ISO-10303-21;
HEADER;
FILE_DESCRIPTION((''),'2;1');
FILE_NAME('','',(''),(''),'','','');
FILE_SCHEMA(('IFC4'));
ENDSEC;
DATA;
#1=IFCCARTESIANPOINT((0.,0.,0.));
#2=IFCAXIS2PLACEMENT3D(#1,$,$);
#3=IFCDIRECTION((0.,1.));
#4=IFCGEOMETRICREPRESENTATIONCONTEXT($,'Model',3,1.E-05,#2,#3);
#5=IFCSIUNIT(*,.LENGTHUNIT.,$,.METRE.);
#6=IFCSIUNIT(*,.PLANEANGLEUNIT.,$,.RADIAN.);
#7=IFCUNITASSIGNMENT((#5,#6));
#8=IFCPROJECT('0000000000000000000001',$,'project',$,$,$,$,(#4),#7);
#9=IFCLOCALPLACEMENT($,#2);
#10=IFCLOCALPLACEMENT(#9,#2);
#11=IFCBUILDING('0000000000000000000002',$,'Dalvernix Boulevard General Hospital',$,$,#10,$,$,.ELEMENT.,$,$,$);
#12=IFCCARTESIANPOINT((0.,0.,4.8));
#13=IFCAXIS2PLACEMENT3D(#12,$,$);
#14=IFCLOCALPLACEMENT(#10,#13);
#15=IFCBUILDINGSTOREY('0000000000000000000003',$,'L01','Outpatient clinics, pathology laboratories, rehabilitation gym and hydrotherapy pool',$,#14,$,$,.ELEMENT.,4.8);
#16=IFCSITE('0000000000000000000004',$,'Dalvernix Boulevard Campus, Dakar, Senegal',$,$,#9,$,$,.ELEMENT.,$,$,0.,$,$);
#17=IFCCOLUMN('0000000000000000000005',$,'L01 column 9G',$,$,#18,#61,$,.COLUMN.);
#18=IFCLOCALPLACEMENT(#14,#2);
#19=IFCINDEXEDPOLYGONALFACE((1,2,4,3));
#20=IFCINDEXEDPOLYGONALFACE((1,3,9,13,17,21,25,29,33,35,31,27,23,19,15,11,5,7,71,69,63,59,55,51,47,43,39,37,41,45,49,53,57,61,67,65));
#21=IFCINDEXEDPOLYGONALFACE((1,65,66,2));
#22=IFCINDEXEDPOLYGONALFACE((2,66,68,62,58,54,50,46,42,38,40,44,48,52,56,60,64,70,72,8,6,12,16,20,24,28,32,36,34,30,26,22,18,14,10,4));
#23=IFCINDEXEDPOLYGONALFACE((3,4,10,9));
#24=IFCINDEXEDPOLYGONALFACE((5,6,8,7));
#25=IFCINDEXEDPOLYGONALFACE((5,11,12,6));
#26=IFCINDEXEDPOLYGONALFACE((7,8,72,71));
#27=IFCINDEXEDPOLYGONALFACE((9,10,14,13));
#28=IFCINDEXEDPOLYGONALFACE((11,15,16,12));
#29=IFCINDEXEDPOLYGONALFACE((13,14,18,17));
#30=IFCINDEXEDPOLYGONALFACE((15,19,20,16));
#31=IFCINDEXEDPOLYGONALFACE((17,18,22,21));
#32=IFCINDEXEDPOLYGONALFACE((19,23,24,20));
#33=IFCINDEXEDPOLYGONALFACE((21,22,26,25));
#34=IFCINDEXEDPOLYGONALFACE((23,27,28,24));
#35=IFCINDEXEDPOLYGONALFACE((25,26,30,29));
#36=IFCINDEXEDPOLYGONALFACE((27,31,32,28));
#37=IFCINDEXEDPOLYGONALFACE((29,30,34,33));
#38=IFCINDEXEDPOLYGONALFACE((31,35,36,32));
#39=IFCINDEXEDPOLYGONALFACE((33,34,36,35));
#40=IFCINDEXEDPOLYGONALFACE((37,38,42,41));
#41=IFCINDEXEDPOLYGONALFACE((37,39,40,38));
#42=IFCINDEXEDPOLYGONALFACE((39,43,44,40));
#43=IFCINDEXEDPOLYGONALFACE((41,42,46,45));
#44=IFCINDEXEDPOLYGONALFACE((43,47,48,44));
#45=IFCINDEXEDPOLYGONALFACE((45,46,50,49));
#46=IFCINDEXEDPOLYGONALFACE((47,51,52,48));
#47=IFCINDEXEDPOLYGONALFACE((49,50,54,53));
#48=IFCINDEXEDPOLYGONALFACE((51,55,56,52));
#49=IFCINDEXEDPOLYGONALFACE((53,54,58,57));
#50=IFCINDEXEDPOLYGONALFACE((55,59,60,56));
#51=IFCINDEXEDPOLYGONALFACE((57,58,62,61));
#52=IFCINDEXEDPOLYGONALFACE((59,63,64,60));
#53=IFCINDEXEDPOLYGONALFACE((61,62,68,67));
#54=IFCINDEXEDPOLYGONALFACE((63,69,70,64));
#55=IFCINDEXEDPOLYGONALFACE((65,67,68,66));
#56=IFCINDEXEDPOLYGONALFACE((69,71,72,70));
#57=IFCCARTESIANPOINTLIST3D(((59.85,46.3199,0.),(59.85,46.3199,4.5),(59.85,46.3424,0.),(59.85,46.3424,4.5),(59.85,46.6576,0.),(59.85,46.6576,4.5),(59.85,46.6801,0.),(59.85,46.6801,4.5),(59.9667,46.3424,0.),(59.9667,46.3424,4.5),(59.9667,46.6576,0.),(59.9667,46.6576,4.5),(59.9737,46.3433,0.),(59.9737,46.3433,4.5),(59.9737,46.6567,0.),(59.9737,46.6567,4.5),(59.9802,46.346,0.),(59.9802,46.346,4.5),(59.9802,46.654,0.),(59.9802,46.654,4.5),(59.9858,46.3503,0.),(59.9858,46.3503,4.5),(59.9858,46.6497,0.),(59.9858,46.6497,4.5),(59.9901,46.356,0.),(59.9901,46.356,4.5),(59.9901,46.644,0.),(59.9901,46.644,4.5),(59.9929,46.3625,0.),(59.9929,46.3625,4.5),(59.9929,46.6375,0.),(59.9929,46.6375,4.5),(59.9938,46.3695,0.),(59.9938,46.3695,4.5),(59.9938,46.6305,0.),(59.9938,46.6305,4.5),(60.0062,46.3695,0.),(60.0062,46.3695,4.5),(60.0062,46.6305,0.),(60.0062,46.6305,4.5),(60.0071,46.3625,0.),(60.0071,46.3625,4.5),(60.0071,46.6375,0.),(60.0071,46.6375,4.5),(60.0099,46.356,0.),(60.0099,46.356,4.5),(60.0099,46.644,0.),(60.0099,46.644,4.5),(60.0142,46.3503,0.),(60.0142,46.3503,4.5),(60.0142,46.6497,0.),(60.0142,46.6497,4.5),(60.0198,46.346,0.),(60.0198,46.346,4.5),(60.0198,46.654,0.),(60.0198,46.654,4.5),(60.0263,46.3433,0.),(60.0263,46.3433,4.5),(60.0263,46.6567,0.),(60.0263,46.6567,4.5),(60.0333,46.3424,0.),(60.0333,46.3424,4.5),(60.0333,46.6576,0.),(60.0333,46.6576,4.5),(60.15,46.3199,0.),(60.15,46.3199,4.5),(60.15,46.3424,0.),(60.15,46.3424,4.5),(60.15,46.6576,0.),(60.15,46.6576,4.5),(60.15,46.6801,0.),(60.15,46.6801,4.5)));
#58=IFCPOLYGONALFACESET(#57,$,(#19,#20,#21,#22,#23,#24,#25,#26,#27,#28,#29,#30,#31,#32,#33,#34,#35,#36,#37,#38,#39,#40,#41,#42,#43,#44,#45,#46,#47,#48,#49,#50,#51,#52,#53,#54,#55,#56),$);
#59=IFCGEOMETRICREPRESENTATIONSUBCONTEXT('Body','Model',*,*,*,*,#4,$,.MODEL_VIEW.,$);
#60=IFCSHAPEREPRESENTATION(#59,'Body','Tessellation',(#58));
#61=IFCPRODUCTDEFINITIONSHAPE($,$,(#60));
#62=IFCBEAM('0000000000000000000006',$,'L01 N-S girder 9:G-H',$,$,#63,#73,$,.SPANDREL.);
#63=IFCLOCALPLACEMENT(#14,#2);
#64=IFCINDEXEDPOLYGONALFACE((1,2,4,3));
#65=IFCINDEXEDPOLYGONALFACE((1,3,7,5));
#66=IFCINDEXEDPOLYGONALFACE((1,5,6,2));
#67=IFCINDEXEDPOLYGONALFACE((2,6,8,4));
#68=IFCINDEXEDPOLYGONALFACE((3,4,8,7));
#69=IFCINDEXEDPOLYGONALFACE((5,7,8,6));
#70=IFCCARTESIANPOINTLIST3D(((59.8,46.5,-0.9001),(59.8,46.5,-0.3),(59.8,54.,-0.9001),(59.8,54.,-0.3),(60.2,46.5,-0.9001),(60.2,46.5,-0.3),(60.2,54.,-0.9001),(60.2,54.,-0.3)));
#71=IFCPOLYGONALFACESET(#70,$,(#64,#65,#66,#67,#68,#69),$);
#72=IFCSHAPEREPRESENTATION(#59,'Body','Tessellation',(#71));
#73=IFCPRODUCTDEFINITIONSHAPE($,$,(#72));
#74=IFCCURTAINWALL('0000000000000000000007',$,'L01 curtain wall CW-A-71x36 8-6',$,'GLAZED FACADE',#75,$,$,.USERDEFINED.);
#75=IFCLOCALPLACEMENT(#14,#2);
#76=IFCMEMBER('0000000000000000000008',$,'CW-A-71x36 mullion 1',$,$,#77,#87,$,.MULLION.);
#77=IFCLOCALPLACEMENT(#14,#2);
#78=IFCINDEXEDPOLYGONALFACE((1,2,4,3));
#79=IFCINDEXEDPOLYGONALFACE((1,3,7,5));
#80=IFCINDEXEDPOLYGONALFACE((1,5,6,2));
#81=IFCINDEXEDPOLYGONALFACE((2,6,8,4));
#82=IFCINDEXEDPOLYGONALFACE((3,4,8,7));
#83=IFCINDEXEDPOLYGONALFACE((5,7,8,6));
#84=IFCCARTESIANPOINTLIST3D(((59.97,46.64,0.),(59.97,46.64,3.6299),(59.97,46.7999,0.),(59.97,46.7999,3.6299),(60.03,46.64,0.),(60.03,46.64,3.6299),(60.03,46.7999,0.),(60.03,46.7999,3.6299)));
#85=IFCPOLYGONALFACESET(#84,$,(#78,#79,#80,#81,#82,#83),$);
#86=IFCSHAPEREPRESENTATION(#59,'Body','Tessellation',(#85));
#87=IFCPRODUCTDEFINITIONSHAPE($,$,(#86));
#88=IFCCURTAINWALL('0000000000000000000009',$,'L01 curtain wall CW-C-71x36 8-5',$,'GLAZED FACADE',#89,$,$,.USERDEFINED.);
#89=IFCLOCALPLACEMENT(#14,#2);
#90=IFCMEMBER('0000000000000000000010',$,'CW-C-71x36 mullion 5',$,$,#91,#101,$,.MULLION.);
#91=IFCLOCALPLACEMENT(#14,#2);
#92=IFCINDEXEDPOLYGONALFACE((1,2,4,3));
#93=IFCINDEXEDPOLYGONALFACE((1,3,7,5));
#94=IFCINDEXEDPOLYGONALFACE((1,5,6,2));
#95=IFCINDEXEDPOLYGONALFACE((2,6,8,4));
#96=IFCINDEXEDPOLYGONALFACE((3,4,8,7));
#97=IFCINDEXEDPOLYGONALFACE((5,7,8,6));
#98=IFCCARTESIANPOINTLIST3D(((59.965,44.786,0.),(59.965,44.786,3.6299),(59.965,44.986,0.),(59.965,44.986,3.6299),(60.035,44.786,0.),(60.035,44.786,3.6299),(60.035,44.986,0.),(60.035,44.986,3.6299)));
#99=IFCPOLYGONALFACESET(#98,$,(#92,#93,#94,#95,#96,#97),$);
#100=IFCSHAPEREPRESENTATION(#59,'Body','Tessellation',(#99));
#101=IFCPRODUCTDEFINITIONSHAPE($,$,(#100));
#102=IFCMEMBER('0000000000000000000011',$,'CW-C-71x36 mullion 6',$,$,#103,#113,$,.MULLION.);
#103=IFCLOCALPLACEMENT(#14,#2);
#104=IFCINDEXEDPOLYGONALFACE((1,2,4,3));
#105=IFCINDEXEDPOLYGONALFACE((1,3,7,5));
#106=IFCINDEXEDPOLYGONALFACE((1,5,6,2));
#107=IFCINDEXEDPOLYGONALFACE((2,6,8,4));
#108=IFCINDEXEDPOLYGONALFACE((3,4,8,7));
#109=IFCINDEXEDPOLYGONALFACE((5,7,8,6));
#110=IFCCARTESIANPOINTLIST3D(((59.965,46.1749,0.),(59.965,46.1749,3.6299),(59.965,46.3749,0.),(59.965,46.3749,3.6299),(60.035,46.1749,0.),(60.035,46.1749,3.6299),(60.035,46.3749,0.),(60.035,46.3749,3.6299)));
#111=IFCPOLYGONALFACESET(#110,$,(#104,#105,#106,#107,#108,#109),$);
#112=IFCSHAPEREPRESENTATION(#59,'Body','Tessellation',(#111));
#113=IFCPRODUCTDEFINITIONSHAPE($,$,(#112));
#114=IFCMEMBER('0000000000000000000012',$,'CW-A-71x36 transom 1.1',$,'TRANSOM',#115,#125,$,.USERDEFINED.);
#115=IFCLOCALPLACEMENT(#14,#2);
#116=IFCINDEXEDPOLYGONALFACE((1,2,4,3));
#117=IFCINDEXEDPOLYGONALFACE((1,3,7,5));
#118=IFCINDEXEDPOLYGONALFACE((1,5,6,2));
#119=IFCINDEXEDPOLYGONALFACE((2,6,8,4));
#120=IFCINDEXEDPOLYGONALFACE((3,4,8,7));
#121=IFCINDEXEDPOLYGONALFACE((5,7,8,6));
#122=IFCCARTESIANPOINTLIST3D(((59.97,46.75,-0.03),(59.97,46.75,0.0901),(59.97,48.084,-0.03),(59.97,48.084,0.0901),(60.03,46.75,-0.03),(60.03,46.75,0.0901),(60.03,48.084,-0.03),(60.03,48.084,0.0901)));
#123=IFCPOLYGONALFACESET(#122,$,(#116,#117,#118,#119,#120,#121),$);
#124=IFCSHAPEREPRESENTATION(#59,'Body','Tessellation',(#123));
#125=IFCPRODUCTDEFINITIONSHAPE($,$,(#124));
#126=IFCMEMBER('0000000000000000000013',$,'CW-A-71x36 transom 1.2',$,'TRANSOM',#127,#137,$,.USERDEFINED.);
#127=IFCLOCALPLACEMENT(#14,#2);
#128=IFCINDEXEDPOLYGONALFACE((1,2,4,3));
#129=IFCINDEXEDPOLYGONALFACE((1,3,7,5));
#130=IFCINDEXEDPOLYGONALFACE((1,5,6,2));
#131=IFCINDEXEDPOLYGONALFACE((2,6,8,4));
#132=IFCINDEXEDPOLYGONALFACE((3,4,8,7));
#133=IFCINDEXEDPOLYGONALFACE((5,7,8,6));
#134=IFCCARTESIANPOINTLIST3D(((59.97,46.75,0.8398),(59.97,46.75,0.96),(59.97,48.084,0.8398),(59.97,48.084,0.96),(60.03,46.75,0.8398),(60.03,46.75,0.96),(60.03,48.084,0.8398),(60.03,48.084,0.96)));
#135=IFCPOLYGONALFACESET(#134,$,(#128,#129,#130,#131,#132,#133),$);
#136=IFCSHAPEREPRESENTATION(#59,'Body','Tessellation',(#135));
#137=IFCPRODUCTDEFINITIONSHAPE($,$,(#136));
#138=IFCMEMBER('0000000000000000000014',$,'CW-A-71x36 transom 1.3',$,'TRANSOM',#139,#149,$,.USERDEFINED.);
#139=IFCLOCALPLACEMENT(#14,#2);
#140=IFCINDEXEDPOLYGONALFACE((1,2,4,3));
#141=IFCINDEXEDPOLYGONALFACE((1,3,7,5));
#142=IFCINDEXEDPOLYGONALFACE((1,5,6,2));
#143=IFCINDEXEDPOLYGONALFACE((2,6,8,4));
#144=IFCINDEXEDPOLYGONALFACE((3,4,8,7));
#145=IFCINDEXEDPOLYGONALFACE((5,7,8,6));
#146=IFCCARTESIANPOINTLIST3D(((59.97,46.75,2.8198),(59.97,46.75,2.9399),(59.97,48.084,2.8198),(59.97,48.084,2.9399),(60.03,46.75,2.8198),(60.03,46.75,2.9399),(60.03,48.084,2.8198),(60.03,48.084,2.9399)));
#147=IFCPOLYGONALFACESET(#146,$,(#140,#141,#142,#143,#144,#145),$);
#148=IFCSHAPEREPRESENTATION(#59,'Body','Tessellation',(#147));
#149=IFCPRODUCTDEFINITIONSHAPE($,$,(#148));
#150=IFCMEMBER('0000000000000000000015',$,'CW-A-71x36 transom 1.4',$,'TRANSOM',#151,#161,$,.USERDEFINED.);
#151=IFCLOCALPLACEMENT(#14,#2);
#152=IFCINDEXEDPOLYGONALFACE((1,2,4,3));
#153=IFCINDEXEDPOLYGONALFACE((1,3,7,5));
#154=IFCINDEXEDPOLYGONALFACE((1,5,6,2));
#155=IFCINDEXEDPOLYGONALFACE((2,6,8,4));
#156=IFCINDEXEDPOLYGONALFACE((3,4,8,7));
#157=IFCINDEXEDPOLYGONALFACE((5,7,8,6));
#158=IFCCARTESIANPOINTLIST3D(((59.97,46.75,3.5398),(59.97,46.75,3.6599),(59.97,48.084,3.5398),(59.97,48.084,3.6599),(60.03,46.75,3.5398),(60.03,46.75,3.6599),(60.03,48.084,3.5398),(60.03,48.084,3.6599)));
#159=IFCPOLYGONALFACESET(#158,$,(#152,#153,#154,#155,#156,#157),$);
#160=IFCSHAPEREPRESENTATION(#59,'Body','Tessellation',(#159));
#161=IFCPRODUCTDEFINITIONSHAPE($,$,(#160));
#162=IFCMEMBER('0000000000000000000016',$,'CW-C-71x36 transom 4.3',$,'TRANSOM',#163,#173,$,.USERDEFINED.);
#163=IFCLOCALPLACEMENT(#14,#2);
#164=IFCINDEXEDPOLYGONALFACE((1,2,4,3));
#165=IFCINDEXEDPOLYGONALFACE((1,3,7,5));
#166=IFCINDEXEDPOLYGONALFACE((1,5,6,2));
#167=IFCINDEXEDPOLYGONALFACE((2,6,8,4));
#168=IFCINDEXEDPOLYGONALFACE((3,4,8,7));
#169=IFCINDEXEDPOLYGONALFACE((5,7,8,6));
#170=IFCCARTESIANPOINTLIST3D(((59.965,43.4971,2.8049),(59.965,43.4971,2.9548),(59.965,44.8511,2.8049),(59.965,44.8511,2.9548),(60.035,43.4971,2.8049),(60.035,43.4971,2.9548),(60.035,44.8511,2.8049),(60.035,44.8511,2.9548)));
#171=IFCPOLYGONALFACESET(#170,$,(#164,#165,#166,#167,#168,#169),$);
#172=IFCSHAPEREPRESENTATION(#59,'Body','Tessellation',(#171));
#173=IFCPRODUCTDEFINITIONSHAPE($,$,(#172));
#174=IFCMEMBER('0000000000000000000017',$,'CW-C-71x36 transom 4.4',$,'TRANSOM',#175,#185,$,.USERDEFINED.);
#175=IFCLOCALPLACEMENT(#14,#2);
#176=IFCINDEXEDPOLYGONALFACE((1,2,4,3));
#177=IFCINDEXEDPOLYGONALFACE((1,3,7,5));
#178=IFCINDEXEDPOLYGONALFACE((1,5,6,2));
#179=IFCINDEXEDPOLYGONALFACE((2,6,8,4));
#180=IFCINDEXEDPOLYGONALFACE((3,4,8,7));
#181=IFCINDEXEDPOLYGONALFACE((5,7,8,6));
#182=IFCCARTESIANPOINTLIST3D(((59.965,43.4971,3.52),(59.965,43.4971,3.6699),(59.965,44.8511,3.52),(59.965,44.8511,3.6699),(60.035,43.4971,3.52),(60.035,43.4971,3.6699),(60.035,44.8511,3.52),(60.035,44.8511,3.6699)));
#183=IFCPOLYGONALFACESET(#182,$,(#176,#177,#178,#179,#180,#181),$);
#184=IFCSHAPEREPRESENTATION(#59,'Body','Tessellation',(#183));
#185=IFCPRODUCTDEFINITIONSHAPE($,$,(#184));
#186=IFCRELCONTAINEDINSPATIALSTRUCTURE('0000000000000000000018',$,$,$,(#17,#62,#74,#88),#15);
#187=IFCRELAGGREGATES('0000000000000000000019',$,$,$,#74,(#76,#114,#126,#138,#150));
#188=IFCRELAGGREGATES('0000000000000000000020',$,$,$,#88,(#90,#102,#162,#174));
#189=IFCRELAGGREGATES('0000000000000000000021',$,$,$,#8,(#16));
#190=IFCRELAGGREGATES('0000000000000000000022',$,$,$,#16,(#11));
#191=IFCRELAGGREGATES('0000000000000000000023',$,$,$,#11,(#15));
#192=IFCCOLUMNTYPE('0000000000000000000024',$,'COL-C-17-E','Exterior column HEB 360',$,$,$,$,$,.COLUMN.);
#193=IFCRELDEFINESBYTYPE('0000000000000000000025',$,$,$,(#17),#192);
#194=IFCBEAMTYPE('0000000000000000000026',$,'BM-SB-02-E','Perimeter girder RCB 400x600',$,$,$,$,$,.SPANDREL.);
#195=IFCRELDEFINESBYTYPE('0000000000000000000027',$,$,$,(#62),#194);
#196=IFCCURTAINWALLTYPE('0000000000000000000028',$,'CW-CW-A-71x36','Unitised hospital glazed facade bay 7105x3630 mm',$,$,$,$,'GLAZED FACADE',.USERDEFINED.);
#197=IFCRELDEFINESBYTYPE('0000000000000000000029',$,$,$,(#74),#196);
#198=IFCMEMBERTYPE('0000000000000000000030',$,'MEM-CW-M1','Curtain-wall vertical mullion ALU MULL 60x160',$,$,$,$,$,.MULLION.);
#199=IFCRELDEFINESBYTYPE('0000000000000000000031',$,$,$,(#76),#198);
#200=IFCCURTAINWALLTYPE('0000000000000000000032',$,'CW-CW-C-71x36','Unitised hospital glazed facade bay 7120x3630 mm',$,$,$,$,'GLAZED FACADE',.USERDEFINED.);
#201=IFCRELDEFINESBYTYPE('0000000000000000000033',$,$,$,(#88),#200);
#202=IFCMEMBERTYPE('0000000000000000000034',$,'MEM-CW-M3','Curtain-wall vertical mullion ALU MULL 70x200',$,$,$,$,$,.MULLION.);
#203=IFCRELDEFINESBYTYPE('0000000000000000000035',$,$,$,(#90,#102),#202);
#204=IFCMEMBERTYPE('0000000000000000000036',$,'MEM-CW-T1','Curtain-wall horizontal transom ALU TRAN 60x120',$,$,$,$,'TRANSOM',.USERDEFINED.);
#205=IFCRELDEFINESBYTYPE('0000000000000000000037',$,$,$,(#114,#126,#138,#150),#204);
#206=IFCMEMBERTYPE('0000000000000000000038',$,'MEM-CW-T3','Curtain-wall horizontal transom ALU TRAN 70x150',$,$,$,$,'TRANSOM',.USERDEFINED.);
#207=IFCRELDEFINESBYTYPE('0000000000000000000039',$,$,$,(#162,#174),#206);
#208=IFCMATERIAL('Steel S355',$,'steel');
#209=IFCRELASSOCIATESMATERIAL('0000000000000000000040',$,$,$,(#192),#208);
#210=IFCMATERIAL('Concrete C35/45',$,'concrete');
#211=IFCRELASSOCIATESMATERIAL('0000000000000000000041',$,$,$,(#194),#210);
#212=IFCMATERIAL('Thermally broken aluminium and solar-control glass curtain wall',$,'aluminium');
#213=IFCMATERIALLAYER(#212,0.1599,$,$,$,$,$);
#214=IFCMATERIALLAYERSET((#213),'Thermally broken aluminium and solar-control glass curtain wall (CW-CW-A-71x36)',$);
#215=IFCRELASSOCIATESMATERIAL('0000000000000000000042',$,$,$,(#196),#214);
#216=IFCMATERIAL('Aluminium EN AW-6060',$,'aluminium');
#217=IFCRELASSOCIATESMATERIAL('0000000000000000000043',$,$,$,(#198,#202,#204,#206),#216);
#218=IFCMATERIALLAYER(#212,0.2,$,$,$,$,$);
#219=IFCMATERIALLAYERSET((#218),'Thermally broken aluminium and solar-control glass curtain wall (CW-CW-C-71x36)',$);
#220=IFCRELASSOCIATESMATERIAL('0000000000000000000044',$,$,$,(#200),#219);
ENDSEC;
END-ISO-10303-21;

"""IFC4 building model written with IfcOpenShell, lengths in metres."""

from ifc_helpers import new_model, si_unit, direction, frame, origin, origin_2d, place, context, subcontext, project, spatial, rectangle, i_section, extrude, material, layer, layer_set, material_profile, profile_set, type_object, element, aggregate, save


model = new_model("IFC4")

# Units and contexts
model_context = context("Model", 3, precision=1e-05, world=origin(), true_north=direction((0.0, 1.0)))
body_context = subcontext(model_context, "Body", "Model", "MODEL_VIEW")
ifc_project = project(units=[si_unit("LENGTHUNIT", "METRE"), si_unit("PLANEANGLEUNIT", "RADIAN")], contexts=[model_context])

# Site, building, storey
site_placement = place(None, origin())
site = spatial("IfcSite", under=ifc_project, at=site_placement, Name="Dalvernix Boulevard Campus, Dakar, Senegal", CompositionType="ELEMENT", RefElevation=0.0)
building_placement = place(site_placement, origin())
building = spatial("IfcBuilding", under=site, at=building_placement, Name="Dalvernix Boulevard General Hospital", CompositionType="ELEMENT")
storey_placement = place(building_placement, frame((0.0, 0.0, 4.8)))
storey = spatial("IfcBuildingStorey", under=building, at=storey_placement, Name="L01", Description="Outpatient clinics, pathology laboratories, rehabilitation gym and hydrotherapy pool", CompositionType="ELEMENT", Elevation=4.8)

# Column
ifc_material_1 = material(Name="Steel S355", Category="steel")
ifc_material_profile_1 = material_profile(ifc_material_1, i_section(OverallWidth=0.3, OverallDepth=0.3601, WebThickness=0.0125, FlangeThickness=0.0225, FilletRadius=0.0271, at=origin_2d()), Name="HEB 360")
ifc_profile_set_1 = profile_set([ifc_material_profile_1], Name="Steel S355")
column_type = type_object("IfcColumnType", Name="COL-C-17-E", Description="Exterior column HEB 360", PredefinedType="COLUMN", material=ifc_profile_set_1)
column_placement = place(storey_placement, frame((60.0, 46.5, 0.0), z_axis=(0.0, 0.0, 1.0), x_axis=(1.0, 0.0, 0.0)))
element("IfcColumn", 1, at=column_placement, inside=storey, type_object=column_type, Name="L01 column 9G", PredefinedType="COLUMN", context=body_context, shape_type="SweptSolid", body=[
    extrude(i_section(OverallWidth=0.3, OverallDepth=0.3601, WebThickness=0.0125, FlangeThickness=0.0225, FilletRadius=0.0271, at=origin_2d()), origin(), (0.0, 0.0, 1.0), 4.5),
])

# Beam
ifc_material_2 = material(Name="Concrete C35/45", Category="concrete")
ifc_material_profile_2 = material_profile(ifc_material_2, rectangle(XDim=0.3999, YDim=0.6001, at=origin_2d()), Name="RCB 400x600")
ifc_profile_set_2 = profile_set([ifc_material_profile_2], Name="Concrete C35/45")
beam_type = type_object("IfcBeamType", Name="BM-SB-02-E", Description="Perimeter girder RCB 400x600", PredefinedType="SPANDREL", material=ifc_profile_set_2)
beam_placement = place(storey_placement, frame((60.0, 46.5, -0.6001), z_axis=(0.0, 1.0, 0.0), x_axis=(-1.0, 0.0, 0.0)))
element("IfcBeam", 2, at=beam_placement, inside=storey, type_object=beam_type, Name="L01 N-S girder 9:G-H", PredefinedType="SPANDREL", context=body_context, shape_type="SweptSolid", body=[
    extrude(rectangle(XDim=0.3999, YDim=0.6001, at=origin_2d()), origin(), (0.0, 0.0, 1.0), 7.5),
])

# Curtain wall, member
ifc_material_3 = material(Name="Thermally broken aluminium and solar-control glass curtain wall", Category="aluminium")
ifc_layer_1 = layer(ifc_material_3, 0.1599)
ifc_layer_set_1 = layer_set([ifc_layer_1], Name="Thermally broken aluminium and solar-control glass curtain wall (CW-CW-A-71x36)")
curtain_wall_type_1 = type_object("IfcCurtainWallType", Name="CW-CW-A-71x36", Description="Unitised hospital glazed facade bay 7105x3630 mm", ElementType="GLAZED FACADE", PredefinedType="USERDEFINED", material=ifc_layer_set_1)
curtain_wall_1_placement = place(storey_placement, origin())
curtain_wall_1 = element("IfcCurtainWall", 3, at=curtain_wall_1_placement, inside=storey, type_object=curtain_wall_type_1, Name="L01 curtain wall CW-A-71x36 8-6", ObjectType="GLAZED FACADE", PredefinedType="USERDEFINED")
ifc_material_4 = material(Name="Aluminium EN AW-6060", Category="aluminium")
ifc_material_profile_3 = material_profile(ifc_material_4, rectangle(XDim=0.0601, YDim=0.1599, at=origin_2d()), Name="ALU MULL 60x160")
ifc_profile_set_3 = profile_set([ifc_material_profile_3], Name="Aluminium EN AW-6060")
member_type_1 = type_object("IfcMemberType", Name="MEM-CW-M1", Description="Curtain-wall vertical mullion ALU MULL 60x160", PredefinedType="MULLION", material=ifc_profile_set_3)
member_1_placement = place(storey_placement, frame((60.0, 46.72, 0.0), z_axis=(0.0, 0.0, 1.0), x_axis=(-1.0, 0.0, 0.0)))
member_1 = element("IfcMember", 4, at=member_1_placement, type_object=member_type_1, Name="CW-A-71x36 mullion 1", PredefinedType="MULLION", context=body_context, shape_type="SweptSolid", body=[
    extrude(rectangle(XDim=0.0601, YDim=0.1599, at=origin_2d()), origin(), (0.0, 0.0, 1.0), 3.6299),
])

# Curtain wall, members
ifc_layer_2 = layer(ifc_material_3, 0.2)
ifc_layer_set_2 = layer_set([ifc_layer_2], Name="Thermally broken aluminium and solar-control glass curtain wall (CW-CW-C-71x36)")
curtain_wall_type_2 = type_object("IfcCurtainWallType", Name="CW-CW-C-71x36", Description="Unitised hospital glazed facade bay 7120x3630 mm", ElementType="GLAZED FACADE", PredefinedType="USERDEFINED", material=ifc_layer_set_2)
curtain_wall_2_placement = place(storey_placement, origin())
curtain_wall_2 = element("IfcCurtainWall", 5, at=curtain_wall_2_placement, inside=storey, type_object=curtain_wall_type_2, Name="L01 curtain wall CW-C-71x36 8-5", ObjectType="GLAZED FACADE", PredefinedType="USERDEFINED")
ifc_material_profile_4 = material_profile(ifc_material_4, rectangle(XDim=0.0701, YDim=0.2, at=origin_2d()), Name="ALU MULL 70x200")
ifc_profile_set_4 = profile_set([ifc_material_profile_4], Name="Aluminium EN AW-6060")
member_type_2 = type_object("IfcMemberType", Name="MEM-CW-M3", Description="Curtain-wall vertical mullion ALU MULL 70x200", PredefinedType="MULLION", material=ifc_profile_set_4)
member_2_placement = place(storey_placement, frame((60.0, 44.886, 0.0), z_axis=(0.0, 0.0, 1.0), x_axis=(-1.0, 0.0, 0.0)))
member_2 = element("IfcMember", 6, at=member_2_placement, type_object=member_type_2, Name="CW-C-71x36 mullion 5", PredefinedType="MULLION", context=body_context, shape_type="SweptSolid", body=[
    extrude(rectangle(XDim=0.0701, YDim=0.2, at=origin_2d()), origin(), (0.0, 0.0, 1.0), 3.6299),
])
member_3_placement = place(storey_placement, frame((60.0, 46.2749, 0.0), z_axis=(0.0, 0.0, 1.0), x_axis=(-1.0, 0.0, 0.0)))
member_3 = element("IfcMember", 7, at=member_3_placement, type_object=member_type_2, Name="CW-C-71x36 mullion 6", PredefinedType="MULLION", context=body_context, shape_type="SweptSolid", body=[
    extrude(rectangle(XDim=0.0701, YDim=0.2, at=origin_2d()), origin(), (0.0, 0.0, 1.0), 3.6299),
])

# Members
ifc_material_profile_5 = material_profile(ifc_material_4, rectangle(XDim=0.0601, YDim=0.1201, at=origin_2d()), Name="ALU TRAN 60x120")
ifc_profile_set_5 = profile_set([ifc_material_profile_5], Name="Aluminium EN AW-6060")
member_type_3 = type_object("IfcMemberType", Name="MEM-CW-T1", Description="Curtain-wall horizontal transom ALU TRAN 60x120", ElementType="TRANSOM", PredefinedType="USERDEFINED", material=ifc_profile_set_5)
member_4_placement = place(storey_placement, frame((60.0, 46.75, 0.03), z_axis=(0.0, 1.0, 0.0), x_axis=(-1.0, 0.0, 0.0)))
member_4 = element("IfcMember", 8, at=member_4_placement, type_object=member_type_3, Name="CW-A-71x36 transom 1.1", ObjectType="TRANSOM", PredefinedType="USERDEFINED", context=body_context, shape_type="SweptSolid", body=[
    extrude(rectangle(XDim=0.0601, YDim=0.1201, at=origin_2d()), origin(), (0.0, 0.0, 1.0), 1.334),
])
member_5_placement = place(storey_placement, frame((60.0, 46.75, 0.8999), z_axis=(0.0, 1.0, 0.0), x_axis=(-1.0, 0.0, 0.0)))
member_5 = element("IfcMember", 9, at=member_5_placement, type_object=member_type_3, Name="CW-A-71x36 transom 1.2", ObjectType="TRANSOM", PredefinedType="USERDEFINED", context=body_context, shape_type="SweptSolid", body=[
    extrude(rectangle(XDim=0.0601, YDim=0.1201, at=origin_2d()), origin(), (0.0, 0.0, 1.0), 1.334),
])
member_6_placement = place(storey_placement, frame((60.0, 46.75, 2.8799), z_axis=(0.0, 1.0, 0.0), x_axis=(-1.0, 0.0, 0.0)))
member_6 = element("IfcMember", 10, at=member_6_placement, type_object=member_type_3, Name="CW-A-71x36 transom 1.3", ObjectType="TRANSOM", PredefinedType="USERDEFINED", context=body_context, shape_type="SweptSolid", body=[
    extrude(rectangle(XDim=0.0601, YDim=0.1201, at=origin_2d()), origin(), (0.0, 0.0, 1.0), 1.334),
])
member_7_placement = place(storey_placement, frame((60.0, 46.75, 3.5999), z_axis=(0.0, 1.0, 0.0), x_axis=(-1.0, 0.0, 0.0)))
member_7 = element("IfcMember", 11, at=member_7_placement, type_object=member_type_3, Name="CW-A-71x36 transom 1.4", ObjectType="TRANSOM", PredefinedType="USERDEFINED", context=body_context, shape_type="SweptSolid", body=[
    extrude(rectangle(XDim=0.0601, YDim=0.1201, at=origin_2d()), origin(), (0.0, 0.0, 1.0), 1.334),
])
aggregate(curtain_wall_1, [member_1, member_4, member_5, member_6, member_7])
ifc_material_profile_6 = material_profile(ifc_material_4, rectangle(XDim=0.0701, YDim=0.1499, at=origin_2d()), Name="ALU TRAN 70x150")
ifc_profile_set_6 = profile_set([ifc_material_profile_6], Name="Aluminium EN AW-6060")
member_type_4 = type_object("IfcMemberType", Name="MEM-CW-T3", Description="Curtain-wall horizontal transom ALU TRAN 70x150", ElementType="TRANSOM", PredefinedType="USERDEFINED", material=ifc_profile_set_6)
member_8_placement = place(storey_placement, frame((60.0, 43.4971, 2.8799), z_axis=(0.0, 1.0, 0.0), x_axis=(-1.0, 0.0, 0.0)))
member_8 = element("IfcMember", 12, at=member_8_placement, type_object=member_type_4, Name="CW-C-71x36 transom 4.3", ObjectType="TRANSOM", PredefinedType="USERDEFINED", context=body_context, shape_type="SweptSolid", body=[
    extrude(rectangle(XDim=0.0701, YDim=0.1499, at=origin_2d()), origin(), (0.0, 0.0, 1.0), 1.354),
])
member_9_placement = place(storey_placement, frame((60.0, 43.4971, 3.595), z_axis=(0.0, 1.0, 0.0), x_axis=(-1.0, 0.0, 0.0)))
member_9 = element("IfcMember", 13, at=member_9_placement, type_object=member_type_4, Name="CW-C-71x36 transom 4.4", ObjectType="TRANSOM", PredefinedType="USERDEFINED", context=body_context, shape_type="SweptSolid", body=[
    extrude(rectangle(XDim=0.0701, YDim=0.1499, at=origin_2d()), origin(), (0.0, 0.0, 1.0), 1.354),
])

aggregate(curtain_wall_2, [member_2, member_3, member_8, member_9])

save(model, "model.ifc")
